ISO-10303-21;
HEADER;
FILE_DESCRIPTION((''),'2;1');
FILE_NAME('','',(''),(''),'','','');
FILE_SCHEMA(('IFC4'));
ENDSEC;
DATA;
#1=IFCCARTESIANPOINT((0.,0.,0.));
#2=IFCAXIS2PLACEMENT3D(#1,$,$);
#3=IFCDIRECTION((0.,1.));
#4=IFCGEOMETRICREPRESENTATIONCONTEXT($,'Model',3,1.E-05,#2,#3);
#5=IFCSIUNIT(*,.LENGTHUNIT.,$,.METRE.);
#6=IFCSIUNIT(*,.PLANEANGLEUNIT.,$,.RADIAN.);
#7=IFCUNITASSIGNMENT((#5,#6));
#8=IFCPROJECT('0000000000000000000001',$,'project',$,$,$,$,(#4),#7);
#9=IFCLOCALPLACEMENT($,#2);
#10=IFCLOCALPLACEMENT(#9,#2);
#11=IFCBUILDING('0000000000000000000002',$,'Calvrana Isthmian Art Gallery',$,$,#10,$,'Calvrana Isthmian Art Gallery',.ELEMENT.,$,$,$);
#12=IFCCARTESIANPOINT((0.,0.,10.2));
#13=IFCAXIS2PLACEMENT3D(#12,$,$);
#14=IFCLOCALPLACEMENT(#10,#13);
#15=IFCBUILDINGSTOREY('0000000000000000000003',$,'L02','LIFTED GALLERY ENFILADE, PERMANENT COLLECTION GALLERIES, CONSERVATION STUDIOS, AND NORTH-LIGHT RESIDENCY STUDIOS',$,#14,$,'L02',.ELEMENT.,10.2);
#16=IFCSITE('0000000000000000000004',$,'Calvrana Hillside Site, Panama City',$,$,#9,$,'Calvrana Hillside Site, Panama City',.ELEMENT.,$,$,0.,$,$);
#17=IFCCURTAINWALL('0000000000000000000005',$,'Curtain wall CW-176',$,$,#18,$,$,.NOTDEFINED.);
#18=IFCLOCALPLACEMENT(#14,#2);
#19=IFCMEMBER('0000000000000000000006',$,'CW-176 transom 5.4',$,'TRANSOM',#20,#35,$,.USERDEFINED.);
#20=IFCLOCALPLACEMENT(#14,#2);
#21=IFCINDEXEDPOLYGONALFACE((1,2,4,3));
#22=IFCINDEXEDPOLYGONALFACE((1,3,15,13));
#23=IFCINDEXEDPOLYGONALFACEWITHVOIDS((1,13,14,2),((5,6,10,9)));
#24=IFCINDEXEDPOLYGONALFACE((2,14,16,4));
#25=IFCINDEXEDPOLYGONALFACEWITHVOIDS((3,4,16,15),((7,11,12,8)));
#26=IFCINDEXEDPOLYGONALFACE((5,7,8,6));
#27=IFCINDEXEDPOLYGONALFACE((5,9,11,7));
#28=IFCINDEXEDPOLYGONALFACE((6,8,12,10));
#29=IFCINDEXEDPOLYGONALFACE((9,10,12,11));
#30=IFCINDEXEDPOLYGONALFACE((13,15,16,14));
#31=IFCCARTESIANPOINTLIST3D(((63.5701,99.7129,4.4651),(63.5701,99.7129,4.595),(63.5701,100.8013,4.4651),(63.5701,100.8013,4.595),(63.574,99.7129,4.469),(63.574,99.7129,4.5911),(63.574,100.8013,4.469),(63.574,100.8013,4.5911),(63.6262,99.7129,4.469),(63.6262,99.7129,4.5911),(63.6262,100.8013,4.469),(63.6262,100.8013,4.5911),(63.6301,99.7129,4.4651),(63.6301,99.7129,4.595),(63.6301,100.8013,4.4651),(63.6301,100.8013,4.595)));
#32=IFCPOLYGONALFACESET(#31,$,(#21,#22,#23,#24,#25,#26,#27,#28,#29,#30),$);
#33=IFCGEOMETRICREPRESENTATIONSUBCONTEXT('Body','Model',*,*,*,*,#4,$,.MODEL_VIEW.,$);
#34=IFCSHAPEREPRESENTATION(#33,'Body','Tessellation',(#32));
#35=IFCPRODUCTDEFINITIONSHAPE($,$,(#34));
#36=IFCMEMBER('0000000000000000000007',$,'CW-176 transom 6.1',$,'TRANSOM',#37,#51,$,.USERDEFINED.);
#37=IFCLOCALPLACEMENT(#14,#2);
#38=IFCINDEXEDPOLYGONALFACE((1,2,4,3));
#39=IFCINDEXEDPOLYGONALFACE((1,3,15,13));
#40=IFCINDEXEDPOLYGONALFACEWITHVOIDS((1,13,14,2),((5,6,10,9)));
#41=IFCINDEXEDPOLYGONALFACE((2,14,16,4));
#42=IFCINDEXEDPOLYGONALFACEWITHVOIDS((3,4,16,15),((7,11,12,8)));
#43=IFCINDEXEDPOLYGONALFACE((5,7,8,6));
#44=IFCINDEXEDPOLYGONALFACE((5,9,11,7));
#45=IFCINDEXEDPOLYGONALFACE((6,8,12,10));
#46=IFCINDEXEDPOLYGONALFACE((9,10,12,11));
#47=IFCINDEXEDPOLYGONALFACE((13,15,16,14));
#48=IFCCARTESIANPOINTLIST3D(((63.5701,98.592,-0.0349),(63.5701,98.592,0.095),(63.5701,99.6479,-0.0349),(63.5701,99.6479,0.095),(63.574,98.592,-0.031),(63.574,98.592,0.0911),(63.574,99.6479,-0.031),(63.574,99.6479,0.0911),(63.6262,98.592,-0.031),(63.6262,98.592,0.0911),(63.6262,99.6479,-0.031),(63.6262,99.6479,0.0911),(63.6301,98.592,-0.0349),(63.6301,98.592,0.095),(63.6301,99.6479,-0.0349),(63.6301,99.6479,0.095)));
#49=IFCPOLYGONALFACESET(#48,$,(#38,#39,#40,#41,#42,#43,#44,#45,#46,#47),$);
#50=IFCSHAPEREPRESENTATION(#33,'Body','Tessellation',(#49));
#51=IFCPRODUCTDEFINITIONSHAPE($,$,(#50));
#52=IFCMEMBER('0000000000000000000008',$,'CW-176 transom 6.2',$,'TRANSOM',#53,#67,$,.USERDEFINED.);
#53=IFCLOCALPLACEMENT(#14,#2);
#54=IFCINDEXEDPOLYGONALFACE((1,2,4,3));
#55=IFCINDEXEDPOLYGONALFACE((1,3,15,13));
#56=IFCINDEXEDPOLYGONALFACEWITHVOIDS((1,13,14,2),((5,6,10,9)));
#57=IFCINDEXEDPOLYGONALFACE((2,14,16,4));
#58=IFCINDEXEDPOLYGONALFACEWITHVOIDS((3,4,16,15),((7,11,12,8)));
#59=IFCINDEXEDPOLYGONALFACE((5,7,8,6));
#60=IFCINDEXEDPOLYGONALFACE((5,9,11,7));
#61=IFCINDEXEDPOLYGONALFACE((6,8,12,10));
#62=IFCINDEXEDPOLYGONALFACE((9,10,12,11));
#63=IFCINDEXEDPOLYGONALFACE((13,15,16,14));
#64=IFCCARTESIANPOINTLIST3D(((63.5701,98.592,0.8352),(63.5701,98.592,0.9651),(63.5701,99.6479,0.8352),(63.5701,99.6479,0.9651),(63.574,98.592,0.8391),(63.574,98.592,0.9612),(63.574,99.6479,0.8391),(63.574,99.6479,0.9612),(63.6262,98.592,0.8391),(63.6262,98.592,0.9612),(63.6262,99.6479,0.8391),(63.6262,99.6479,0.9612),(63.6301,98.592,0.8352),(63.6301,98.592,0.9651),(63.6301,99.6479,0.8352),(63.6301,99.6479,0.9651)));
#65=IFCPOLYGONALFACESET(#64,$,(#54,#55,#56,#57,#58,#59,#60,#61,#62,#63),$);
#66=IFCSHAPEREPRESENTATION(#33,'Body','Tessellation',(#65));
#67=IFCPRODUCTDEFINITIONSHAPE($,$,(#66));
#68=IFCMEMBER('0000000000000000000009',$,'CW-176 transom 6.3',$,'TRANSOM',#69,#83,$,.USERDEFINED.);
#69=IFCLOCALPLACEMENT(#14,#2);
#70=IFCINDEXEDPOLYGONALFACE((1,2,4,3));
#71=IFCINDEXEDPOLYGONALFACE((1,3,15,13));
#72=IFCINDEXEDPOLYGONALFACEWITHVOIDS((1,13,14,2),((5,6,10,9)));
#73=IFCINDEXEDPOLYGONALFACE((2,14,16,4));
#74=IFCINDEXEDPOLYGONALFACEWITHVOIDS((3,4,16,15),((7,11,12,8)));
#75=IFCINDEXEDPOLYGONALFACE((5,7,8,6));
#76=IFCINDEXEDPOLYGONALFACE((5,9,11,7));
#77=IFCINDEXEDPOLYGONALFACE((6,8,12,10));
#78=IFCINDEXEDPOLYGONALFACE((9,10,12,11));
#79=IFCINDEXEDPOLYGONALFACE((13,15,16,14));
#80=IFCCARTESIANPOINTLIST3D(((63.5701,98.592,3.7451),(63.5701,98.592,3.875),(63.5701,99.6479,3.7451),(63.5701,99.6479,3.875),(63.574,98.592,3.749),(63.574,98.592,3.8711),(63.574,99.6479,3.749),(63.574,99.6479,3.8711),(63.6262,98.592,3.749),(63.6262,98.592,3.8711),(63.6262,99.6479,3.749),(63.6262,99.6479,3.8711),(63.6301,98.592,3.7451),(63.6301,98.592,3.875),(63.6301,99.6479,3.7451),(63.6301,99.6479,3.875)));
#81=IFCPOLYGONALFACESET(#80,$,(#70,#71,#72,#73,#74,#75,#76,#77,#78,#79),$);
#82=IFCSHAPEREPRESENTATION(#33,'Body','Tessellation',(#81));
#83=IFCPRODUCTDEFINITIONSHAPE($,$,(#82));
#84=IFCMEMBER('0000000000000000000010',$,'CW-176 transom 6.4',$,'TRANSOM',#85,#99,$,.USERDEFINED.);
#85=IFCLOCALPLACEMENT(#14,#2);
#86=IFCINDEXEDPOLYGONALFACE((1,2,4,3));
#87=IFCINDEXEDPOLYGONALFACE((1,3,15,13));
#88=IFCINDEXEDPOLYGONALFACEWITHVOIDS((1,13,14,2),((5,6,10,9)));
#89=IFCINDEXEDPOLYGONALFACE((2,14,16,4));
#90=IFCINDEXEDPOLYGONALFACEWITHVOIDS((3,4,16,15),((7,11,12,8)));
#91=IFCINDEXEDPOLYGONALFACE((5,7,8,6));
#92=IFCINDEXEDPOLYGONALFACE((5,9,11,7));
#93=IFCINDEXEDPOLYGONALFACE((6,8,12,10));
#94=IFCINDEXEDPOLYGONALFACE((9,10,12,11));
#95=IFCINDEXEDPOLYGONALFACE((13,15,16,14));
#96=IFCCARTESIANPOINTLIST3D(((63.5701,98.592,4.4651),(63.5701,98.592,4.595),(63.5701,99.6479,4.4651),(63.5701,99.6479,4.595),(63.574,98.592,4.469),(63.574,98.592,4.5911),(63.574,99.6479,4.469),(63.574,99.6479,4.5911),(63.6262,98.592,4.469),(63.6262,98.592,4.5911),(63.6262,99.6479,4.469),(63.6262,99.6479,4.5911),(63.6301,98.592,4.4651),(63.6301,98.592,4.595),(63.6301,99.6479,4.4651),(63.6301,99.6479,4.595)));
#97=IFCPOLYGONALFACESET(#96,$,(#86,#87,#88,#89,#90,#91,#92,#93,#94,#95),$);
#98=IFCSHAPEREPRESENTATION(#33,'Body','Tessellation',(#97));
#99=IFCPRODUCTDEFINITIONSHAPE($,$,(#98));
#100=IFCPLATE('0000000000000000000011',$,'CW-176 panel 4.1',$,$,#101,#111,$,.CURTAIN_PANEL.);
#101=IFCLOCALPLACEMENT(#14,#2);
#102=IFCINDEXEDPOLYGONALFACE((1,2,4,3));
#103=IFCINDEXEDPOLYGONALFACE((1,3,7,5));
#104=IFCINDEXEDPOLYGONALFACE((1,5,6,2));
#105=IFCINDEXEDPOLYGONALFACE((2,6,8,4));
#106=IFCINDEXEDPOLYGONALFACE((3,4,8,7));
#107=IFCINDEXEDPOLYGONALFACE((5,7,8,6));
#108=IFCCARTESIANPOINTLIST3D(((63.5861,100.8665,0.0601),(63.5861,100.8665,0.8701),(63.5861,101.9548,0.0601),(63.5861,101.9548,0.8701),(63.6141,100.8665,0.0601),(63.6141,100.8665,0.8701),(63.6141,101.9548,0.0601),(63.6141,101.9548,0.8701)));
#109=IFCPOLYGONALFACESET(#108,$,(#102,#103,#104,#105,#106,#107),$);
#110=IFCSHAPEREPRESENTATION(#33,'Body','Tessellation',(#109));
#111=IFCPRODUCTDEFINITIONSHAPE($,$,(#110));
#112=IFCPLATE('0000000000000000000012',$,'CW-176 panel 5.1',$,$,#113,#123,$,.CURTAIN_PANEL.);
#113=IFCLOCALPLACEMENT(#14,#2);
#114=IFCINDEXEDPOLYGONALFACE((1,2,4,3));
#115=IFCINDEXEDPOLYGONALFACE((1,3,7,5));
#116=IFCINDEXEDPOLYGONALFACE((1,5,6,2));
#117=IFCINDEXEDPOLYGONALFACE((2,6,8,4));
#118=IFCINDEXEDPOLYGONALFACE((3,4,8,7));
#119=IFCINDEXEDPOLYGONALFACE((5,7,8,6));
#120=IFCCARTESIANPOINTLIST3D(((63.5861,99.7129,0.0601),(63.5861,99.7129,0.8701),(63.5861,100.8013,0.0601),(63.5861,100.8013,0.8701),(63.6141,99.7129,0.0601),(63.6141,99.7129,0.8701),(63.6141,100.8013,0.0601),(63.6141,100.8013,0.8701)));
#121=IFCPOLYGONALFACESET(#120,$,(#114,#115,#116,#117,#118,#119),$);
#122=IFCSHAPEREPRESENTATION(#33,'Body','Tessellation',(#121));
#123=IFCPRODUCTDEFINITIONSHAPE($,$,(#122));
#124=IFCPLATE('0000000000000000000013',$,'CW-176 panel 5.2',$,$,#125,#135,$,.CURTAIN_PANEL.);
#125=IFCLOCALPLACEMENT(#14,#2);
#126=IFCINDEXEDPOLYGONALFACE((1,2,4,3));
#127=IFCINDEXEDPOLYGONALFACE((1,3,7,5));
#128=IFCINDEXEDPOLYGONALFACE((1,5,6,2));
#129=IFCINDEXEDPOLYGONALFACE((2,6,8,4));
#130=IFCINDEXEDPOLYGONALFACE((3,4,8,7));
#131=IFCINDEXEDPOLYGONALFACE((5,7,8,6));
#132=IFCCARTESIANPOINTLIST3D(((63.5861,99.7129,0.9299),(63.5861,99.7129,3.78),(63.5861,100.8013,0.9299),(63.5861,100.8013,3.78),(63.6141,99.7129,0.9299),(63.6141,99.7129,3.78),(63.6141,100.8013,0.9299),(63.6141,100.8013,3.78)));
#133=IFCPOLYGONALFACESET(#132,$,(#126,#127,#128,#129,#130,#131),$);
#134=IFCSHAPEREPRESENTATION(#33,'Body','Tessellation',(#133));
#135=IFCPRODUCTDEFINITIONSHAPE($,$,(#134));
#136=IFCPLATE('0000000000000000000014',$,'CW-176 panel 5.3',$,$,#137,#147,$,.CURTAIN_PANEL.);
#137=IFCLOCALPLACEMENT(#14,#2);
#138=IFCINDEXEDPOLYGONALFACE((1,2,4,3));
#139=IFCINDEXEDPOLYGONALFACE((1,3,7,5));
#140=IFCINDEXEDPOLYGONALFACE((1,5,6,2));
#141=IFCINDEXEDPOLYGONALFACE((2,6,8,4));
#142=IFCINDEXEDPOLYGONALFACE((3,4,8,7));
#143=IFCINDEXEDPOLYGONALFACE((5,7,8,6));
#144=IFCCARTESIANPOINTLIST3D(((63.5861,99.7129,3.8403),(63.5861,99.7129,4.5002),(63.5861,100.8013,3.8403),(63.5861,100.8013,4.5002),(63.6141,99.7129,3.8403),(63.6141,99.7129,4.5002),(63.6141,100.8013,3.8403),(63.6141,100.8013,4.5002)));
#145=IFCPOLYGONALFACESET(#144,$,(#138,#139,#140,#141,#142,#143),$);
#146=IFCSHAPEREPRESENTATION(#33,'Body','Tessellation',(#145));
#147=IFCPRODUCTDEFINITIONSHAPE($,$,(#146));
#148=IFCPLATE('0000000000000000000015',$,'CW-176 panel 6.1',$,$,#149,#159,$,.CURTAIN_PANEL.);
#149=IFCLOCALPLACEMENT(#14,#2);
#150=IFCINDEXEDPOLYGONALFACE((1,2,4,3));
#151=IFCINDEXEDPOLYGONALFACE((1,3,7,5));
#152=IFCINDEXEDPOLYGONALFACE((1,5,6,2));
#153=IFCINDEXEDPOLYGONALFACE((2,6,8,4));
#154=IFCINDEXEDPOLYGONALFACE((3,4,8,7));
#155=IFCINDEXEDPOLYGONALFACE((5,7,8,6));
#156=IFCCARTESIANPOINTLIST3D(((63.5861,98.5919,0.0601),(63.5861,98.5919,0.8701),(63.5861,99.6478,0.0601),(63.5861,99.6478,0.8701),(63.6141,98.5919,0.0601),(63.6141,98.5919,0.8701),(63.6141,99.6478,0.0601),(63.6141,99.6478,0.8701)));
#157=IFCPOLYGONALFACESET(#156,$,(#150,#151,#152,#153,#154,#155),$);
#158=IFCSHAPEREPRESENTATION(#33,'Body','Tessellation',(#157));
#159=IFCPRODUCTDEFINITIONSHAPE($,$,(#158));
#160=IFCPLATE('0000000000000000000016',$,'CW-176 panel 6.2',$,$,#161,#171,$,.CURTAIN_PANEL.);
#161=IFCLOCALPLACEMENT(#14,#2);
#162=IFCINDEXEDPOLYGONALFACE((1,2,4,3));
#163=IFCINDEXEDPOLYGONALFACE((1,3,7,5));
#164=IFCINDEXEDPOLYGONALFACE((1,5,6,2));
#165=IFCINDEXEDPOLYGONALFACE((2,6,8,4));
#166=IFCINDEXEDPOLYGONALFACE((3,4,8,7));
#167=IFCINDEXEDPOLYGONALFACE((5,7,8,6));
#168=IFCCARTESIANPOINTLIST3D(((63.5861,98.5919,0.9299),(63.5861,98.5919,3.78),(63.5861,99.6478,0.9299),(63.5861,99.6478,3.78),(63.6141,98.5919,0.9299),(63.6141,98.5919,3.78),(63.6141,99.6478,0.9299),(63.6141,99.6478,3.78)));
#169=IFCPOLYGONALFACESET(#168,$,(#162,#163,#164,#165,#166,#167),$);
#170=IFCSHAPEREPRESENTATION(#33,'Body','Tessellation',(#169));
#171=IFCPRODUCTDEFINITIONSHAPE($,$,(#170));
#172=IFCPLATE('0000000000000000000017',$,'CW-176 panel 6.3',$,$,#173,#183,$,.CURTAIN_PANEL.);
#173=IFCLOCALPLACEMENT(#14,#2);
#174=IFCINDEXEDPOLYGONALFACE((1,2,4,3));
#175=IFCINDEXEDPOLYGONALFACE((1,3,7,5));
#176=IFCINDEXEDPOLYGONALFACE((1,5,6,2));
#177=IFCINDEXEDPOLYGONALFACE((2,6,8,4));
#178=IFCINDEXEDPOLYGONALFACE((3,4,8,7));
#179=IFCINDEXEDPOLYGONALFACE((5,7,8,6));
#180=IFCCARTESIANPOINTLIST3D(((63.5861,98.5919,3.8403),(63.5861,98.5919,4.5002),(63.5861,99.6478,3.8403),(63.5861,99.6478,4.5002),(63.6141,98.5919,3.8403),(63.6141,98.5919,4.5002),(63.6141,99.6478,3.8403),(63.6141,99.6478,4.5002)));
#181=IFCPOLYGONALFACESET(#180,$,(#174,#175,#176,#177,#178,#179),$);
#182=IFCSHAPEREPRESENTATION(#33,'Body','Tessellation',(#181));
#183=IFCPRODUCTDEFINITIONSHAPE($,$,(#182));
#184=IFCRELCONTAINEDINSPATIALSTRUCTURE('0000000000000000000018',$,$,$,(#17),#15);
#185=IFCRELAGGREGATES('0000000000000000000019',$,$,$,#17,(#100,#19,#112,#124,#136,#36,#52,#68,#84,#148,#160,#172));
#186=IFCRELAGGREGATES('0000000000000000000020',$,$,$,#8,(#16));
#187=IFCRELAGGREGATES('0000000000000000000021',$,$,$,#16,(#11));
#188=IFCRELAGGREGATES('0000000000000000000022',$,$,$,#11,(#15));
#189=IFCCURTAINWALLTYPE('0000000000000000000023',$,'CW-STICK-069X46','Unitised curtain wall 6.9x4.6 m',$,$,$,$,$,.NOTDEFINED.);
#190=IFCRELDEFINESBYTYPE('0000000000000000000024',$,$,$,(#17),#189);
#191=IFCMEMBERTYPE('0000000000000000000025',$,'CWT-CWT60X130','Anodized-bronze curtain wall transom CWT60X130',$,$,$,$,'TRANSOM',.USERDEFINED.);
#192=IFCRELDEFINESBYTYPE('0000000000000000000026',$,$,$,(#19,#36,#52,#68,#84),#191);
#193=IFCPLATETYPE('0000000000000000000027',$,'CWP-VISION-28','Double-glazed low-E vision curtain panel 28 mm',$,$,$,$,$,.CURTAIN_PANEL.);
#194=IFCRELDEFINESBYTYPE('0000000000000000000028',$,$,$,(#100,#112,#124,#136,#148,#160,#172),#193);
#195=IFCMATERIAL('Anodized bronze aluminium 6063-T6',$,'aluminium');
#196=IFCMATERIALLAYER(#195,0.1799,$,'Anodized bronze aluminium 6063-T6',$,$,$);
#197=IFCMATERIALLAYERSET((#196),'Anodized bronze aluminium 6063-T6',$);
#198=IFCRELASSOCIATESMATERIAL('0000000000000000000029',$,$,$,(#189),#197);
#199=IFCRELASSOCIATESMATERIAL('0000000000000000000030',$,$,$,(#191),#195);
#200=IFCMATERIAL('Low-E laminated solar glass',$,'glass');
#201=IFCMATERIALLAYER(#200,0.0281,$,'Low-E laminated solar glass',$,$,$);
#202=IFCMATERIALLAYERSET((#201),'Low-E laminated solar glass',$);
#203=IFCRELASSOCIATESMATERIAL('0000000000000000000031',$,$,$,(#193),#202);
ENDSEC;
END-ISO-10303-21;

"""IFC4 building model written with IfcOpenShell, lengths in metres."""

from ifc_helpers import new_model, si_unit, direction, frame, origin, origin_2d, place, context, subcontext, project, spatial, rectangle, hollow_rectangle, extrude, material, layer, layer_set, material_profile, profile_set, type_object, element, aggregate, save


model = new_model("IFC4")

# Units and contexts
model_context = context("Model", 3, precision=1e-05, world=origin(), true_north=direction((0.0, 1.0)))
body_context = subcontext(model_context, "Body", "Model", "MODEL_VIEW")
ifc_project = project(units=[si_unit("LENGTHUNIT", "METRE"), si_unit("PLANEANGLEUNIT", "RADIAN")], contexts=[model_context])

# Site, building, storey
site_placement = place(None, origin())
site = spatial("IfcSite", under=ifc_project, at=site_placement, Name="Calvrana Hillside Site, Panama City", LongName="Calvrana Hillside Site, Panama City", CompositionType="ELEMENT", RefElevation=0.0)
building_placement = place(site_placement, origin())
building = spatial("IfcBuilding", under=site, at=building_placement, Name="Calvrana Isthmian Art Gallery", LongName="Calvrana Isthmian Art Gallery", CompositionType="ELEMENT")
storey_placement = place(building_placement, frame((0.0, 0.0, 10.2)))
storey = spatial("IfcBuildingStorey", under=building, at=storey_placement, Name="L02", Description="LIFTED GALLERY ENFILADE, PERMANENT COLLECTION GALLERIES, CONSERVATION STUDIOS, AND NORTH-LIGHT RESIDENCY STUDIOS", LongName="L02", CompositionType="ELEMENT", Elevation=10.2)

# Shared definitions
ifc_material_1 = material(Name="Anodized bronze aluminium 6063-T6", Category="aluminium")

# Curtain wall
ifc_layer_1 = layer(ifc_material_1, 0.1799, Name="Anodized bronze aluminium 6063-T6")
ifc_layer_set_1 = layer_set([ifc_layer_1], Name="Anodized bronze aluminium 6063-T6")
curtain_wall_type_1 = type_object("IfcCurtainWallType", Name="CW-STICK-069X46", Description="Unitised curtain wall 6.9x4.6 m", PredefinedType="NOTDEFINED", material=ifc_layer_set_1)
curtain_wall_1_placement = place(storey_placement, origin())
curtain_wall_1 = element("IfcCurtainWall", 1, at=curtain_wall_1_placement, inside=storey, type_object=curtain_wall_type_1, Name="Curtain wall CW-176", PredefinedType="NOTDEFINED")

# Members
ifc_material_profile_1 = material_profile(ifc_material_1, hollow_rectangle(XDim=0.0601, YDim=0.1299, WallThickness=0.0039, at=origin_2d()), Name="CWT60X130")
ifc_profile_set_1 = profile_set([ifc_material_profile_1], Name="Anodized bronze aluminium 6063-T6")
member_type_1 = type_object("IfcMemberType", Name="CWT-CWT60X130", Description="Anodized-bronze curtain wall transom CWT60X130", ElementType="TRANSOM", PredefinedType="USERDEFINED", material=ifc_profile_set_1)
member_1_placement = place(storey_placement, frame((63.6001, 100.8013, 4.53), z_axis=(0.0, -1.0, 0.0), x_axis=(1.0, 0.0, 0.0)))
member_1 = element("IfcMember", 2, at=member_1_placement, type_object=member_type_1, Name="CW-176 transom 5.4", ObjectType="TRANSOM", PredefinedType="USERDEFINED", context=body_context, shape_type="SweptSolid", body=[
    extrude(hollow_rectangle(XDim=0.0601, YDim=0.1299, WallThickness=0.0039, at=origin_2d()), origin(), (0.0, 0.0, 1.0), 1.0884),
])
member_2_placement = place(storey_placement, frame((63.6001, 99.6479, 0.03), z_axis=(0.0, -1.0, 0.0), x_axis=(1.0, 0.0, 0.0)))
member_2 = element("IfcMember", 3, at=member_2_placement, type_object=member_type_1, Name="CW-176 transom 6.1", ObjectType="TRANSOM", PredefinedType="USERDEFINED", context=body_context, shape_type="SweptSolid", body=[
    extrude(hollow_rectangle(XDim=0.0601, YDim=0.1299, WallThickness=0.0039, at=origin_2d()), origin(), (0.0, 0.0, 1.0), 1.0559),
])
member_3_placement = place(storey_placement, frame((63.6001, 99.6479, 0.9001), z_axis=(0.0, -1.0, 0.0), x_axis=(1.0, 0.0, 0.0)))
member_3 = element("IfcMember", 4, at=member_3_placement, type_object=member_type_1, Name="CW-176 transom 6.2", ObjectType="TRANSOM", PredefinedType="USERDEFINED", context=body_context, shape_type="SweptSolid", body=[
    extrude(hollow_rectangle(XDim=0.0601, YDim=0.1299, WallThickness=0.0039, at=origin_2d()), origin(), (0.0, 0.0, 1.0), 1.0559),
])
member_4_placement = place(storey_placement, frame((63.6001, 99.6479, 3.8101), z_axis=(0.0, -1.0, 0.0), x_axis=(1.0, 0.0, 0.0)))
member_4 = element("IfcMember", 5, at=member_4_placement, type_object=member_type_1, Name="CW-176 transom 6.3", ObjectType="TRANSOM", PredefinedType="USERDEFINED", context=body_context, shape_type="SweptSolid", body=[
    extrude(hollow_rectangle(XDim=0.0601, YDim=0.1299, WallThickness=0.0039, at=origin_2d()), origin(), (0.0, 0.0, 1.0), 1.0559),
])
member_5_placement = place(storey_placement, frame((63.6001, 99.6479, 4.53), z_axis=(0.0, -1.0, 0.0), x_axis=(1.0, 0.0, 0.0)))
member_5 = element("IfcMember", 6, at=member_5_placement, type_object=member_type_1, Name="CW-176 transom 6.4", ObjectType="TRANSOM", PredefinedType="USERDEFINED", context=body_context, shape_type="SweptSolid", body=[
    extrude(hollow_rectangle(XDim=0.0601, YDim=0.1299, WallThickness=0.0039, at=origin_2d()), origin(), (0.0, 0.0, 1.0), 1.0559),
])

# Plates
ifc_material_2 = material(Name="Low-E laminated solar glass", Category="glass")
ifc_layer_2 = layer(ifc_material_2, 0.0281, Name="Low-E laminated solar glass")
ifc_layer_set_2 = layer_set([ifc_layer_2], Name="Low-E laminated solar glass")
plate_type = type_object("IfcPlateType", Name="CWP-VISION-28", Description="Double-glazed low-E vision curtain panel 28 mm", PredefinedType="CURTAIN_PANEL", material=ifc_layer_set_2)
plate_1_placement = place(storey_placement, frame((63.6001, 101.4106, 0.0601), z_axis=(0.0, 0.0, 1.0), x_axis=(0.0, -1.0, 0.0)))
plate_1 = element("IfcPlate", 7, at=plate_1_placement, type_object=plate_type, Name="CW-176 panel 4.1", PredefinedType="CURTAIN_PANEL", context=body_context, shape_type="SweptSolid", body=[
    extrude(rectangle(XDim=1.0884, YDim=0.0281, at=origin_2d()), origin(), (0.0, 0.0, 1.0), 0.8101),
])
plate_2_placement = place(storey_placement, frame((63.6001, 100.2571, 0.0601), z_axis=(0.0, 0.0, 1.0), x_axis=(0.0, -1.0, 0.0)))
plate_2 = element("IfcPlate", 8, at=plate_2_placement, type_object=plate_type, Name="CW-176 panel 5.1", PredefinedType="CURTAIN_PANEL", context=body_context, shape_type="SweptSolid", body=[
    extrude(rectangle(XDim=1.0884, YDim=0.0281, at=origin_2d()), origin(), (0.0, 0.0, 1.0), 0.8101),
])
plate_3_placement = place(storey_placement, frame((63.6001, 100.2571, 0.9299), z_axis=(0.0, 0.0, 1.0), x_axis=(0.0, -1.0, 0.0)))
plate_3 = element("IfcPlate", 9, at=plate_3_placement, type_object=plate_type, Name="CW-176 panel 5.2", PredefinedType="CURTAIN_PANEL", context=body_context, shape_type="SweptSolid", body=[
    extrude(rectangle(XDim=1.0884, YDim=0.0281, at=origin_2d()), origin(), (0.0, 0.0, 1.0), 2.8501),
])
plate_4_placement = place(storey_placement, frame((63.6001, 100.2571, 3.8403), z_axis=(0.0, 0.0, 1.0), x_axis=(0.0, -1.0, 0.0)))
plate_4 = element("IfcPlate", 10, at=plate_4_placement, type_object=plate_type, Name="CW-176 panel 5.3", PredefinedType="CURTAIN_PANEL", context=body_context, shape_type="SweptSolid", body=[
    extrude(rectangle(XDim=1.0884, YDim=0.0281, at=origin_2d()), origin(), (0.0, 0.0, 1.0), 0.6599),
])
plate_5_placement = place(storey_placement, frame((63.6001, 99.1199, 0.0601), z_axis=(0.0, 0.0, 1.0), x_axis=(0.0, -1.0, 0.0)))
plate_5 = element("IfcPlate", 11, at=plate_5_placement, type_object=plate_type, Name="CW-176 panel 6.1", PredefinedType="CURTAIN_PANEL", context=body_context, shape_type="SweptSolid", body=[
    extrude(rectangle(XDim=1.0559, YDim=0.0281, at=origin_2d()), origin(), (0.0, 0.0, 1.0), 0.8101),
])
plate_6_placement = place(storey_placement, frame((63.6001, 99.1199, 0.9299), z_axis=(0.0, 0.0, 1.0), x_axis=(0.0, -1.0, 0.0)))
plate_6 = element("IfcPlate", 12, at=plate_6_placement, type_object=plate_type, Name="CW-176 panel 6.2", PredefinedType="CURTAIN_PANEL", context=body_context, shape_type="SweptSolid", body=[
    extrude(rectangle(XDim=1.0559, YDim=0.0281, at=origin_2d()), origin(), (0.0, 0.0, 1.0), 2.8501),
])
plate_7_placement = place(storey_placement, frame((63.6001, 99.1199, 3.8403), z_axis=(0.0, 0.0, 1.0), x_axis=(0.0, -1.0, 0.0)))
plate_7 = element("IfcPlate", 13, at=plate_7_placement, type_object=plate_type, Name="CW-176 panel 6.3", PredefinedType="CURTAIN_PANEL", context=body_context, shape_type="SweptSolid", body=[
    extrude(rectangle(XDim=1.0559, YDim=0.0281, at=origin_2d()), origin(), (0.0, 0.0, 1.0), 0.6599),
])
aggregate(curtain_wall_1, [plate_1, member_1, plate_2, plate_3, plate_4, member_2, member_3, member_4, member_5, plate_5, plate_6, plate_7])

save(model, "model.ifc")
